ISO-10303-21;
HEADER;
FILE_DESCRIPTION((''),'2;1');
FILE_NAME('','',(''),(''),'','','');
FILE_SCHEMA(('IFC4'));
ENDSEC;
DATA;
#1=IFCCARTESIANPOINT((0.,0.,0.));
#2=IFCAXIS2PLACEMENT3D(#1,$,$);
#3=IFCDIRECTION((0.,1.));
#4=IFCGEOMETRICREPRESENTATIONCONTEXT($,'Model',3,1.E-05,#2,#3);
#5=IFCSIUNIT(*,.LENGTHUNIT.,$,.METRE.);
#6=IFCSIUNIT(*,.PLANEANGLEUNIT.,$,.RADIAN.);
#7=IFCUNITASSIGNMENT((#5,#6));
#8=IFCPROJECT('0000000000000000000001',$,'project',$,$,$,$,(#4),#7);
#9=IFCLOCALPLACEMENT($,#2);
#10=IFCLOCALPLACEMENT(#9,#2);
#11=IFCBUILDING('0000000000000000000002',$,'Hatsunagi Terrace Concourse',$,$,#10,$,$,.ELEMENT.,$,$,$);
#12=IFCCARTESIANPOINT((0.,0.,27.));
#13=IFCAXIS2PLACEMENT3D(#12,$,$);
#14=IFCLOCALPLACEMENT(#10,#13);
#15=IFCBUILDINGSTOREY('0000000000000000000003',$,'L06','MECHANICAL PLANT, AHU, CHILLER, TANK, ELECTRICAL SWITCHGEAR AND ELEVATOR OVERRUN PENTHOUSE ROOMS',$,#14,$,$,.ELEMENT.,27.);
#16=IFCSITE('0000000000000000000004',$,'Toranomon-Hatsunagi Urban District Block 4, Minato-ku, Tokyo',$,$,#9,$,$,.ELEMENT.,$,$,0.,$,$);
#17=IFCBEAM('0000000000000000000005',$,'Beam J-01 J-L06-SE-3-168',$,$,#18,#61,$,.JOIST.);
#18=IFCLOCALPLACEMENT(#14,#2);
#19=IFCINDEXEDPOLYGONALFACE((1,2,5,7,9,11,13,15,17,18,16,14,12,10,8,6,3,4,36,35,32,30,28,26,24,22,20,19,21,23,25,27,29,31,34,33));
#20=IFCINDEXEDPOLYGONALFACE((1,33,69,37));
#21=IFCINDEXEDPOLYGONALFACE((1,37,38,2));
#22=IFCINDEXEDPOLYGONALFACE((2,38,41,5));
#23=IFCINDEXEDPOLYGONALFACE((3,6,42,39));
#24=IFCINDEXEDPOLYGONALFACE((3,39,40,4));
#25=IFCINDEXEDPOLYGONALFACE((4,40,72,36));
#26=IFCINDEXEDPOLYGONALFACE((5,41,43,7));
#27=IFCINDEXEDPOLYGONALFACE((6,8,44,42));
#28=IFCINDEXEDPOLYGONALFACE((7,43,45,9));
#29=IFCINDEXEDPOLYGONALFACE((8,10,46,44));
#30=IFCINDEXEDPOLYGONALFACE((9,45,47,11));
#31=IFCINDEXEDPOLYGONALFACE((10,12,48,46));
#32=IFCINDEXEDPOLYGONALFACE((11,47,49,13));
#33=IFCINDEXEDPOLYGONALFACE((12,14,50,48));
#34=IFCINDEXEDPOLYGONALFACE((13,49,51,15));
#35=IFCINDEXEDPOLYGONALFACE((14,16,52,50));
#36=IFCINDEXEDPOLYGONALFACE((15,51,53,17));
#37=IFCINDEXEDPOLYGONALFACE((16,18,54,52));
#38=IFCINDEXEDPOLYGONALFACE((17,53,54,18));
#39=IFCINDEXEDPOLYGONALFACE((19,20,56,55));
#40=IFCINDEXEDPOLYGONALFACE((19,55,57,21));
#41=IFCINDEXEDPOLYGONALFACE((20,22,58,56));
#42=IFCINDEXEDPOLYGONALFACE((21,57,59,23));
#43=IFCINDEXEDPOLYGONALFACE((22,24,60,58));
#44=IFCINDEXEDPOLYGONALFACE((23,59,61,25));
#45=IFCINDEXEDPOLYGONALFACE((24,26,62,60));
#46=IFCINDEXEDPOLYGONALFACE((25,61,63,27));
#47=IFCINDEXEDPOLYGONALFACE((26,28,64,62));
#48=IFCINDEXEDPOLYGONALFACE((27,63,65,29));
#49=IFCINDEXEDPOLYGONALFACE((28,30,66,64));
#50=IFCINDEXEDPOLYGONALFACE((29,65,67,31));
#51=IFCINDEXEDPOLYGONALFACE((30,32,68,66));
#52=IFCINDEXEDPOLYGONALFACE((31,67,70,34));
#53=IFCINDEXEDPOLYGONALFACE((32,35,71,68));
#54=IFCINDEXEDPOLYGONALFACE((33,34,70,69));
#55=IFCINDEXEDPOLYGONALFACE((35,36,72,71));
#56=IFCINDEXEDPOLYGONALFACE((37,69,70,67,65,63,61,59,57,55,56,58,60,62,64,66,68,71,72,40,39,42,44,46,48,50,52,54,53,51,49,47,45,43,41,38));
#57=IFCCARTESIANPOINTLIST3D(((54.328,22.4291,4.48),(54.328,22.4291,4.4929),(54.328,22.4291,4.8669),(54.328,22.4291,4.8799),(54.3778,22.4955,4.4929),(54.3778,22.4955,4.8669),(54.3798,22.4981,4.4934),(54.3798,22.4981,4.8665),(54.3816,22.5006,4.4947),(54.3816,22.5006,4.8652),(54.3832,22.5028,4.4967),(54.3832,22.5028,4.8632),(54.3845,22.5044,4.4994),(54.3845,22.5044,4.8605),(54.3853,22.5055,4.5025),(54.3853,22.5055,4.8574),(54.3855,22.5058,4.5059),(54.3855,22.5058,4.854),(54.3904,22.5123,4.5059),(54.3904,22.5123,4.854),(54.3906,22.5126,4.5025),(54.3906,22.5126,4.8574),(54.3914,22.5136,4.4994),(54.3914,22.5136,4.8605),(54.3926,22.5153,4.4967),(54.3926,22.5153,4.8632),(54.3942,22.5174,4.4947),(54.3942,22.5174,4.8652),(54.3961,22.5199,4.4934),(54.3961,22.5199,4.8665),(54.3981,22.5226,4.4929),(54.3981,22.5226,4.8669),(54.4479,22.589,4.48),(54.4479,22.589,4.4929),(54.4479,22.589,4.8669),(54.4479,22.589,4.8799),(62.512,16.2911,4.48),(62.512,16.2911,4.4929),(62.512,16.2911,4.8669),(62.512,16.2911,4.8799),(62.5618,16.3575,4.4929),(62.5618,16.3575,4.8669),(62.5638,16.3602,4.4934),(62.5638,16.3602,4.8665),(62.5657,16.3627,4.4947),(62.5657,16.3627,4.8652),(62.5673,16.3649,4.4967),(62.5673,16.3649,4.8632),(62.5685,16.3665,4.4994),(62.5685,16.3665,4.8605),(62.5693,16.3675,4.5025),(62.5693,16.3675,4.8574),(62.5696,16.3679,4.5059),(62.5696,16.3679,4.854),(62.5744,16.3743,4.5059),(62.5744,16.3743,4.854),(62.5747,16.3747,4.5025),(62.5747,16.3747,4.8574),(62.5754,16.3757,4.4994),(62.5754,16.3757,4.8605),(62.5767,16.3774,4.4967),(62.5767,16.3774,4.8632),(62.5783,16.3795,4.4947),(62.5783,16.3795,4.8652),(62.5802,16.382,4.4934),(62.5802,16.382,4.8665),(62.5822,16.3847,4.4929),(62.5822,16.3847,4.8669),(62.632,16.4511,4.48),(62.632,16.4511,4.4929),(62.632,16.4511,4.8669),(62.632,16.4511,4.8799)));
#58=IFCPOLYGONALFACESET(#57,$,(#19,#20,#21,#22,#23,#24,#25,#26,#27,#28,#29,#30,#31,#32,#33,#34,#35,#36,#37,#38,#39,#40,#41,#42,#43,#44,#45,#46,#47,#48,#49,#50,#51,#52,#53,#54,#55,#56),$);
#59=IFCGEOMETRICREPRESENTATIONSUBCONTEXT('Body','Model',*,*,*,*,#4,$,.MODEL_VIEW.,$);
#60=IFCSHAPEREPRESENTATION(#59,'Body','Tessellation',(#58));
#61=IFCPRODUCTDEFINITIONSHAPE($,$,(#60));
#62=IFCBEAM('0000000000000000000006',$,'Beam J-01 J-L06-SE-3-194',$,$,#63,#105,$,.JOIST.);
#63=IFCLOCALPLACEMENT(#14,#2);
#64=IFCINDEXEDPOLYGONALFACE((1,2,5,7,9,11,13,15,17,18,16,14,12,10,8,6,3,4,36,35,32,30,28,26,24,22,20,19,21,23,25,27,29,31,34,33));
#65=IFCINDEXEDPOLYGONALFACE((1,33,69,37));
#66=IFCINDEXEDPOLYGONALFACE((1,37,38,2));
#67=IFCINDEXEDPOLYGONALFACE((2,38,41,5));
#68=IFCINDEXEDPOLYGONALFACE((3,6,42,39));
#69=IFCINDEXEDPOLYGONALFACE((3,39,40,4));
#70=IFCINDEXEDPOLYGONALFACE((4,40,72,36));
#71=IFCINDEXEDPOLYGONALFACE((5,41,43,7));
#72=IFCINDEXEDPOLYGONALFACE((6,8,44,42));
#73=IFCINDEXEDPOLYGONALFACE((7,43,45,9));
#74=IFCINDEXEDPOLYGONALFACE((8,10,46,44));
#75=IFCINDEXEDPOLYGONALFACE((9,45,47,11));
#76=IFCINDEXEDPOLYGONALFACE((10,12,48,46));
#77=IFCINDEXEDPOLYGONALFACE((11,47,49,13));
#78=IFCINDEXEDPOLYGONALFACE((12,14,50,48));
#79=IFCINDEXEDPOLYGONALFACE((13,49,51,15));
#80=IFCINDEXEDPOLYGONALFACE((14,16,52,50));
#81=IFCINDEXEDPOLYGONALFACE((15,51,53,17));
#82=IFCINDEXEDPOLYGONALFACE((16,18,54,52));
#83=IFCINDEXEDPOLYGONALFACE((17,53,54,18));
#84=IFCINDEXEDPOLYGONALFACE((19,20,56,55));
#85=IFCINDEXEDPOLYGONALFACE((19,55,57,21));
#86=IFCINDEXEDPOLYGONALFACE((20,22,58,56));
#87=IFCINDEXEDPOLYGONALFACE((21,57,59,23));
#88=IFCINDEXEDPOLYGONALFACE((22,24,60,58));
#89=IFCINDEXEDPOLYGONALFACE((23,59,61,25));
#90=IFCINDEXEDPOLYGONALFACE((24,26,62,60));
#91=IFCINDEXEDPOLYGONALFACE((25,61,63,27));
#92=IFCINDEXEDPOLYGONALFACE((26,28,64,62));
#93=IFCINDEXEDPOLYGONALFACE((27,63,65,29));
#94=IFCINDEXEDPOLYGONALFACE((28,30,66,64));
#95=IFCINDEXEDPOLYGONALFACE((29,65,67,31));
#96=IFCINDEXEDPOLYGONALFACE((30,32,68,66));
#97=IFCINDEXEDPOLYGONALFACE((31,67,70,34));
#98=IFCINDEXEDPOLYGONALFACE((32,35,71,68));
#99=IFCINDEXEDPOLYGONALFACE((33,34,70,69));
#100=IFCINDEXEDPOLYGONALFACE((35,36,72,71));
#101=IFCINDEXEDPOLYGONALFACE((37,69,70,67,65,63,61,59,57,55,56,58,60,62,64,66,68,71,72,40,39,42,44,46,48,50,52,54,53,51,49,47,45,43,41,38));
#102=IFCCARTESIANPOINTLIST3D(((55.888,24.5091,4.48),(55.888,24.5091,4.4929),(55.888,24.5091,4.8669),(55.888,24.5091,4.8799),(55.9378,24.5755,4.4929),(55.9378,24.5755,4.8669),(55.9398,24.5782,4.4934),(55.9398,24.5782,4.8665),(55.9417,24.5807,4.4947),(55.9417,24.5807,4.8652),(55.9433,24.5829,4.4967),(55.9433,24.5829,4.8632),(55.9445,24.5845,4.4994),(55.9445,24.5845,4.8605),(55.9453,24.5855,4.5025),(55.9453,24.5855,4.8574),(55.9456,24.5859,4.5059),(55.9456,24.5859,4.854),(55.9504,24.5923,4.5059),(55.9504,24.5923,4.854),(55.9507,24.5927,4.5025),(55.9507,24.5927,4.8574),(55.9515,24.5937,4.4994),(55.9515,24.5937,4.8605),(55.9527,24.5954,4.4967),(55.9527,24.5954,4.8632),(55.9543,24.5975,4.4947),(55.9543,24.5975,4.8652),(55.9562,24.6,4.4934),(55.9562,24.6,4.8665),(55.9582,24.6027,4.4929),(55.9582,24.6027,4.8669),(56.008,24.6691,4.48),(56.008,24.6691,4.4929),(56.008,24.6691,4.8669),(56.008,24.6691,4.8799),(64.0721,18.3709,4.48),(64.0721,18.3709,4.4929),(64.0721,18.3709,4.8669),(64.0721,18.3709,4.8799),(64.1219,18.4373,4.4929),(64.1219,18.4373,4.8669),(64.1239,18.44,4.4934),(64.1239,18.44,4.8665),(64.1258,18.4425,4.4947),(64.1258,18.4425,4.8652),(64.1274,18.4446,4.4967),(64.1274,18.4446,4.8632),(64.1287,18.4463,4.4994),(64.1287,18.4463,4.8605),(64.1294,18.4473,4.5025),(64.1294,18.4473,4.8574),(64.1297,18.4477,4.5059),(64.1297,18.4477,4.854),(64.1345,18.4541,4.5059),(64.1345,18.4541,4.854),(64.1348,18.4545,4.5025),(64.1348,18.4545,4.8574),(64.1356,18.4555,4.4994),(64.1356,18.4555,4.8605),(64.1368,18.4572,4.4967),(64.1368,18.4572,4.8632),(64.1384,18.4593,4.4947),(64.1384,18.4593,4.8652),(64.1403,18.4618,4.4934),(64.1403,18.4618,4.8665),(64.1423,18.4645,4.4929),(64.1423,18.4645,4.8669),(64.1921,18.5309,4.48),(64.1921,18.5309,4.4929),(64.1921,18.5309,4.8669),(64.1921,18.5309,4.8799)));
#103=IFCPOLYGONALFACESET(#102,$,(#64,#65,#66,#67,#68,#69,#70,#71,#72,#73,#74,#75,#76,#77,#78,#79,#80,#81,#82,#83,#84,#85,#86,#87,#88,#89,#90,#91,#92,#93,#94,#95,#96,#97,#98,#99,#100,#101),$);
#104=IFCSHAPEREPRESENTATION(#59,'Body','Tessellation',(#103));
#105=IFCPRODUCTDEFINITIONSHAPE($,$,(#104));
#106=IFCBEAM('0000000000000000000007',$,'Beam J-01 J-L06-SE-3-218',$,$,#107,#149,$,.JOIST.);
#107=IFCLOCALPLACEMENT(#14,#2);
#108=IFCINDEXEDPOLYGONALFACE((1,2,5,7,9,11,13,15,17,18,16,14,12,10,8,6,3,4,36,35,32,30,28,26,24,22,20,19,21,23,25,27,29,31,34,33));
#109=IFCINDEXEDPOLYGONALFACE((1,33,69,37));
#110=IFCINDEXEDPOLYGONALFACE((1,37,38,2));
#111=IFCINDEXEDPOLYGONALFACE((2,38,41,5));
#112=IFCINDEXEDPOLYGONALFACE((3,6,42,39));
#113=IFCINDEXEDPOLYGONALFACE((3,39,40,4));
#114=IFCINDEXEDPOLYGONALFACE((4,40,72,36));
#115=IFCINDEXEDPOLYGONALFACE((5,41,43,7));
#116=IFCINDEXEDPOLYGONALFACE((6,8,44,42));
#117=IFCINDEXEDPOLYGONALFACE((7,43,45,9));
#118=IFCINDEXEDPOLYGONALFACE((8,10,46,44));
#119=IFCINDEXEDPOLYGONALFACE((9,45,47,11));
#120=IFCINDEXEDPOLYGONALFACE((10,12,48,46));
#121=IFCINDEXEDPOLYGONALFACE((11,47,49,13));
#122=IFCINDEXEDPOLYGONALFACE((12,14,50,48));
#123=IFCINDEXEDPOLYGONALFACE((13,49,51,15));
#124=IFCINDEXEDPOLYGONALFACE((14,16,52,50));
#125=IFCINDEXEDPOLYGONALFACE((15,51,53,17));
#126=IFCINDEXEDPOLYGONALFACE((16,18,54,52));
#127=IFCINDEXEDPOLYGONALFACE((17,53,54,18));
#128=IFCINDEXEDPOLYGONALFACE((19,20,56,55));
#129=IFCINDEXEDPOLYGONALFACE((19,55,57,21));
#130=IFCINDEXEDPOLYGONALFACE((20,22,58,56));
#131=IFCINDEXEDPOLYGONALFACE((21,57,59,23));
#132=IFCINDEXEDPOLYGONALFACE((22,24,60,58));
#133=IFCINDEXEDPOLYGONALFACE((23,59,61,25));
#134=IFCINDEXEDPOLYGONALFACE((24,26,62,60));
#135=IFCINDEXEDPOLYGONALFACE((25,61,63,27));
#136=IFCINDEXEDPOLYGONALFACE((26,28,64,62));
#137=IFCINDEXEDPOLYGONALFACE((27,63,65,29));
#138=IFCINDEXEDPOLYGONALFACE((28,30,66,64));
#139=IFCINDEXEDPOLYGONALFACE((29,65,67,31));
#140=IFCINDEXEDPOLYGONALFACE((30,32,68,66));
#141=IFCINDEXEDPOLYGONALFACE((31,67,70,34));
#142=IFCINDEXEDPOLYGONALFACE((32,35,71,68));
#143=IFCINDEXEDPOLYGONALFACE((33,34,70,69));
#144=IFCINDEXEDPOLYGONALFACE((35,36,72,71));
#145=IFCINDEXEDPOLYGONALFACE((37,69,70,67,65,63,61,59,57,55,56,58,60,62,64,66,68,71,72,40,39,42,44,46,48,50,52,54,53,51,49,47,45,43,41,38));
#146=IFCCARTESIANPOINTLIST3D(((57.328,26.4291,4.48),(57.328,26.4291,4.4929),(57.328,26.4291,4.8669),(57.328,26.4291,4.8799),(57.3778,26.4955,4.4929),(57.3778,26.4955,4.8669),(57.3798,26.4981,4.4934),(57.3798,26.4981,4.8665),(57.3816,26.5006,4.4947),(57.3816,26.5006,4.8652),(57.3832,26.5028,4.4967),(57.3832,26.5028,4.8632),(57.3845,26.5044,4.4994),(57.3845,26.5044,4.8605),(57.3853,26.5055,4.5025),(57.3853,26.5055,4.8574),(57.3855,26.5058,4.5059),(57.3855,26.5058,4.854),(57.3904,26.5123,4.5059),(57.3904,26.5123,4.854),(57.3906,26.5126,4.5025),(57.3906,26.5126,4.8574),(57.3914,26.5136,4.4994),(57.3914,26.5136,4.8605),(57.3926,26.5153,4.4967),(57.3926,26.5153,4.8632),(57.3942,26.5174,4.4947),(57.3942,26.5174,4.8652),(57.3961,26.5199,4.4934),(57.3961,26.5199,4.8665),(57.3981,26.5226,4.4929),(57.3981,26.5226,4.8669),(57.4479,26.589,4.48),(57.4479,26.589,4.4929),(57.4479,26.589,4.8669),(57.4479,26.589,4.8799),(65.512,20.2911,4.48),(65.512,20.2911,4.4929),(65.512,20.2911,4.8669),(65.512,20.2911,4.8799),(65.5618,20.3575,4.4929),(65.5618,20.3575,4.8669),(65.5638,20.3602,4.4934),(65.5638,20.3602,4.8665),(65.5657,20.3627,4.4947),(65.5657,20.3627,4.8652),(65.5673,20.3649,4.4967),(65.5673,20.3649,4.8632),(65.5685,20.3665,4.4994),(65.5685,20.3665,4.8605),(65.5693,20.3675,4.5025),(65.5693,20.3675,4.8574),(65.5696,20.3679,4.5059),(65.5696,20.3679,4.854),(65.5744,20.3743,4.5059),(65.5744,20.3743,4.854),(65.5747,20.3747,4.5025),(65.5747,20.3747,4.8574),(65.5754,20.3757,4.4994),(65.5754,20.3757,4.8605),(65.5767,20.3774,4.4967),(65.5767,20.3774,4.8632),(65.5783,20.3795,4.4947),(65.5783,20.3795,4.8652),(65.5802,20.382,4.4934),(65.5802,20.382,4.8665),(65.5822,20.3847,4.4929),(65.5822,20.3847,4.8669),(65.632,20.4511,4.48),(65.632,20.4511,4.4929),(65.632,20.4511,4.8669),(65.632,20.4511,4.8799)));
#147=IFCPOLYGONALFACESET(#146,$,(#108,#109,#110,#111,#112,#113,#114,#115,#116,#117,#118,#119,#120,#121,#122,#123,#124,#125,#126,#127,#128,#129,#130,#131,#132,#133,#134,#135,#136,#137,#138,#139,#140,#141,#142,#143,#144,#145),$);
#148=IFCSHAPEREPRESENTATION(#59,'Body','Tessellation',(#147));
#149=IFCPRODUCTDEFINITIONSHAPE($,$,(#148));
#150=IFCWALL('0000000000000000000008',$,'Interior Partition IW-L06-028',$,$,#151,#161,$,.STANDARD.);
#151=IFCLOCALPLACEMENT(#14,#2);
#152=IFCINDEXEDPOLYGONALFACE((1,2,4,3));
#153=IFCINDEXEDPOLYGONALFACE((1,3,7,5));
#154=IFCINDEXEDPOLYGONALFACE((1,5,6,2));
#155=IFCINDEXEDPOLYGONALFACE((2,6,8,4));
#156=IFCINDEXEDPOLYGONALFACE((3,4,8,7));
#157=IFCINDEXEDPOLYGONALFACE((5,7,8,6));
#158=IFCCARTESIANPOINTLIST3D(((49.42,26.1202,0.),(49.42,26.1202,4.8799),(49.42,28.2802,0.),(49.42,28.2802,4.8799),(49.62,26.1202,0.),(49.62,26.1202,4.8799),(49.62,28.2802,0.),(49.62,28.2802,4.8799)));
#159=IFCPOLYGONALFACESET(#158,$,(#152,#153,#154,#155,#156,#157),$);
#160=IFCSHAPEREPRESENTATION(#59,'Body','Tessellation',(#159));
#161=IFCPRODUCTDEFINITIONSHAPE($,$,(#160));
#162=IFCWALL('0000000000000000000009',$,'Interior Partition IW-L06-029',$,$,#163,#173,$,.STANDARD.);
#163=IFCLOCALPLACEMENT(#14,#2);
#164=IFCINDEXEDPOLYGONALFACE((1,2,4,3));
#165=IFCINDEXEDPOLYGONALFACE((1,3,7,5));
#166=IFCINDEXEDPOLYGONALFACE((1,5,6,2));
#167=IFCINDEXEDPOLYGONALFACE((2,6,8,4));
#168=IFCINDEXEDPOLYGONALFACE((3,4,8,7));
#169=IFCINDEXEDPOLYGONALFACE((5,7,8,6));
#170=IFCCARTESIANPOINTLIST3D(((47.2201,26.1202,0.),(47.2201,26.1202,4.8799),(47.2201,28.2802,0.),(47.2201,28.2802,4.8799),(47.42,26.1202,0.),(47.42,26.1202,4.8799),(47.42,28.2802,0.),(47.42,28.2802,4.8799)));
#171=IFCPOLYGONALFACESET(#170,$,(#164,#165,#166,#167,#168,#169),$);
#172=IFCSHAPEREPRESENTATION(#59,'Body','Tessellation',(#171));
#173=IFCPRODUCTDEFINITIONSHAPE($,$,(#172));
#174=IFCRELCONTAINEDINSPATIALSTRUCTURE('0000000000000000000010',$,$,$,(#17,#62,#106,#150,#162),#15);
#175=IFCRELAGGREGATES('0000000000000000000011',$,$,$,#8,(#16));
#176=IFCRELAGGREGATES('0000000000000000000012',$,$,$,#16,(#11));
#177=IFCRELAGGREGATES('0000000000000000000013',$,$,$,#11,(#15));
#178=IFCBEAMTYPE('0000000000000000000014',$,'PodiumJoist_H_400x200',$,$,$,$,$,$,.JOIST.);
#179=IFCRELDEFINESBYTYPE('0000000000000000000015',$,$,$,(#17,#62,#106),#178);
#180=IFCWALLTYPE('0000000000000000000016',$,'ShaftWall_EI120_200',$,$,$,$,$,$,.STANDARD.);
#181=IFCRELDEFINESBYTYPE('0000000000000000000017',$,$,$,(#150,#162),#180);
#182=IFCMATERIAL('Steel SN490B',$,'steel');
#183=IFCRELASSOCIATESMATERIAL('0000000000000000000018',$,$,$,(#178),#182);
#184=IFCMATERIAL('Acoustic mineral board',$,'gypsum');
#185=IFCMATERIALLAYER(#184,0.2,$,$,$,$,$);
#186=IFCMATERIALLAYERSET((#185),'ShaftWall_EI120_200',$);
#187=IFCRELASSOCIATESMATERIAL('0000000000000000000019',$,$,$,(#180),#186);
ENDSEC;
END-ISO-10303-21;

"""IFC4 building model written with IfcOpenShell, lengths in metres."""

from ifc_helpers import new_model, si_unit, direction, frame, frame_2d, origin, origin_2d, place, context, subcontext, project, spatial, rectangle, i_section, extrude, material, layer, layer_set, material_profile, profile_set, type_object, element, save


model = new_model("IFC4")

# Units and contexts
model_context = context("Model", 3, precision=1e-05, world=origin(), true_north=direction((0.0, 1.0)))
body_context = subcontext(model_context, "Body", "Model", "MODEL_VIEW")
ifc_project = project(units=[si_unit("LENGTHUNIT", "METRE"), si_unit("PLANEANGLEUNIT", "RADIAN")], contexts=[model_context])

# Site, building, storey
site_placement = place(None, origin())
site = spatial("IfcSite", under=ifc_project, at=site_placement, Name="Toranomon-Hatsunagi Urban District Block 4, Minato-ku, Tokyo", CompositionType="ELEMENT", RefElevation=0.0)
building_placement = place(site_placement, origin())
building = spatial("IfcBuilding", under=site, at=building_placement, Name="Hatsunagi Terrace Concourse", CompositionType="ELEMENT")
storey_placement = place(building_placement, frame((0.0, 0.0, 27.0)))
storey = spatial("IfcBuildingStorey", under=building, at=storey_placement, Name="L06", Description="MECHANICAL PLANT, AHU, CHILLER, TANK, ELECTRICAL SWITCHGEAR AND ELEVATOR OVERRUN PENTHOUSE ROOMS", CompositionType="ELEMENT", Elevation=27.0)

# Beams
ifc_material_1 = material(Name="Steel SN490B", Category="steel")
ifc_material_profile_1 = material_profile(ifc_material_1, i_section(OverallWidth=0.2, OverallDepth=0.3999, WebThickness=0.0081, FlangeThickness=0.0129, FilletRadius=0.0129, at=origin_2d()), Name="H-400x200x8x13")
ifc_profile_set_1 = profile_set([ifc_material_profile_1], Name="Steel SN490B")
beam_type_1 = type_object("IfcBeamType", Name="PodiumJoist_H_400x200", PredefinedType="JOIST", material=ifc_profile_set_1)
for number, where, z_axis, x_axis, name in (
    (1, (54.3879, 22.509, 4.6799), (0.800006, -0.599992, 0.0), (0.599992, 0.800006, 0.0), "Beam J-01 J-L06-SE-3-168"),
):
    element("IfcBeam", number, at=place(storey_placement, frame(where, z_axis=z_axis, x_axis=x_axis)), inside=storey, type_object=beam_type_1, Name=name, PredefinedType="JOIST", context=body_context, shape_type="SweptSolid", body=[
        extrude(i_section(OverallWidth=0.2, OverallDepth=0.3999, WebThickness=0.0081, FlangeThickness=0.0129, FilletRadius=0.0129, at=origin_2d()), origin(), (0.0, 0.0, 1.0), 10.23),
    ])
beam_1_placement = place(storey_placement, frame((55.948, 24.5891, 4.6799), z_axis=(0.799994, -0.600008, 0.0), x_axis=(0.600008, 0.799994, 0.0)))
element("IfcBeam", 2, at=beam_1_placement, inside=storey, type_object=beam_type_1, Name="Beam J-01 J-L06-SE-3-194", PredefinedType="JOIST", context=body_context, shape_type="SweptSolid", body=[
    extrude(i_section(OverallWidth=0.2, OverallDepth=0.3999, WebThickness=0.0081, FlangeThickness=0.0129, FilletRadius=0.0129, at=origin_2d()), origin(), (0.0, 0.0, 1.0), 10.2302),
])
beam_2_placement = place(storey_placement, frame((57.3879, 26.509, 4.6799), z_axis=(0.800006, -0.599992, 0.0), x_axis=(0.599992, 0.800006, 0.0)))
element("IfcBeam", 3, at=beam_2_placement, inside=storey, type_object=beam_type_1, Name="Beam J-01 J-L06-SE-3-218", PredefinedType="JOIST", context=body_context, shape_type="SweptSolid", body=[
    extrude(i_section(OverallWidth=0.2, OverallDepth=0.3999, WebThickness=0.0081, FlangeThickness=0.0129, FilletRadius=0.0129, at=origin_2d()), origin(), (0.0, 0.0, 1.0), 10.23),
])

# Walls
ifc_material_2 = material(Name="Acoustic mineral board", Category="gypsum")
ifc_layer_1 = layer(ifc_material_2, 0.2)
ifc_layer_set_1 = layer_set([ifc_layer_1], Name="ShaftWall_EI120_200")
wall_type_1 = type_object("IfcWallType", Name="ShaftWall_EI120_200", PredefinedType="STANDARD", material=ifc_layer_set_1)
for number, where, z_axis, x_axis, name in (
    (4, (49.52, 26.1201, 0.0), (0.0, 0.0, 1.0), (0.0, 1.0, 0.0), "Interior Partition IW-L06-028"),
    (5, (47.3201, 26.1201, 0.0), (0.0, 0.0, 1.0), (0.0, 1.0, 0.0), "Interior Partition IW-L06-029"),
):
    element("IfcWall", number, at=place(storey_placement, frame(where, z_axis=z_axis, x_axis=x_axis)), inside=storey, type_object=wall_type_1, Name=name, PredefinedType="STANDARD", context=body_context, shape_type="SweptSolid", body=[
        extrude(rectangle(XDim=2.1599, YDim=0.2, at=frame_2d((1.0801, 0.0))), origin(), (0.0, 0.0, 1.0), 4.8799),
    ])

save(model, "model.ifc")
